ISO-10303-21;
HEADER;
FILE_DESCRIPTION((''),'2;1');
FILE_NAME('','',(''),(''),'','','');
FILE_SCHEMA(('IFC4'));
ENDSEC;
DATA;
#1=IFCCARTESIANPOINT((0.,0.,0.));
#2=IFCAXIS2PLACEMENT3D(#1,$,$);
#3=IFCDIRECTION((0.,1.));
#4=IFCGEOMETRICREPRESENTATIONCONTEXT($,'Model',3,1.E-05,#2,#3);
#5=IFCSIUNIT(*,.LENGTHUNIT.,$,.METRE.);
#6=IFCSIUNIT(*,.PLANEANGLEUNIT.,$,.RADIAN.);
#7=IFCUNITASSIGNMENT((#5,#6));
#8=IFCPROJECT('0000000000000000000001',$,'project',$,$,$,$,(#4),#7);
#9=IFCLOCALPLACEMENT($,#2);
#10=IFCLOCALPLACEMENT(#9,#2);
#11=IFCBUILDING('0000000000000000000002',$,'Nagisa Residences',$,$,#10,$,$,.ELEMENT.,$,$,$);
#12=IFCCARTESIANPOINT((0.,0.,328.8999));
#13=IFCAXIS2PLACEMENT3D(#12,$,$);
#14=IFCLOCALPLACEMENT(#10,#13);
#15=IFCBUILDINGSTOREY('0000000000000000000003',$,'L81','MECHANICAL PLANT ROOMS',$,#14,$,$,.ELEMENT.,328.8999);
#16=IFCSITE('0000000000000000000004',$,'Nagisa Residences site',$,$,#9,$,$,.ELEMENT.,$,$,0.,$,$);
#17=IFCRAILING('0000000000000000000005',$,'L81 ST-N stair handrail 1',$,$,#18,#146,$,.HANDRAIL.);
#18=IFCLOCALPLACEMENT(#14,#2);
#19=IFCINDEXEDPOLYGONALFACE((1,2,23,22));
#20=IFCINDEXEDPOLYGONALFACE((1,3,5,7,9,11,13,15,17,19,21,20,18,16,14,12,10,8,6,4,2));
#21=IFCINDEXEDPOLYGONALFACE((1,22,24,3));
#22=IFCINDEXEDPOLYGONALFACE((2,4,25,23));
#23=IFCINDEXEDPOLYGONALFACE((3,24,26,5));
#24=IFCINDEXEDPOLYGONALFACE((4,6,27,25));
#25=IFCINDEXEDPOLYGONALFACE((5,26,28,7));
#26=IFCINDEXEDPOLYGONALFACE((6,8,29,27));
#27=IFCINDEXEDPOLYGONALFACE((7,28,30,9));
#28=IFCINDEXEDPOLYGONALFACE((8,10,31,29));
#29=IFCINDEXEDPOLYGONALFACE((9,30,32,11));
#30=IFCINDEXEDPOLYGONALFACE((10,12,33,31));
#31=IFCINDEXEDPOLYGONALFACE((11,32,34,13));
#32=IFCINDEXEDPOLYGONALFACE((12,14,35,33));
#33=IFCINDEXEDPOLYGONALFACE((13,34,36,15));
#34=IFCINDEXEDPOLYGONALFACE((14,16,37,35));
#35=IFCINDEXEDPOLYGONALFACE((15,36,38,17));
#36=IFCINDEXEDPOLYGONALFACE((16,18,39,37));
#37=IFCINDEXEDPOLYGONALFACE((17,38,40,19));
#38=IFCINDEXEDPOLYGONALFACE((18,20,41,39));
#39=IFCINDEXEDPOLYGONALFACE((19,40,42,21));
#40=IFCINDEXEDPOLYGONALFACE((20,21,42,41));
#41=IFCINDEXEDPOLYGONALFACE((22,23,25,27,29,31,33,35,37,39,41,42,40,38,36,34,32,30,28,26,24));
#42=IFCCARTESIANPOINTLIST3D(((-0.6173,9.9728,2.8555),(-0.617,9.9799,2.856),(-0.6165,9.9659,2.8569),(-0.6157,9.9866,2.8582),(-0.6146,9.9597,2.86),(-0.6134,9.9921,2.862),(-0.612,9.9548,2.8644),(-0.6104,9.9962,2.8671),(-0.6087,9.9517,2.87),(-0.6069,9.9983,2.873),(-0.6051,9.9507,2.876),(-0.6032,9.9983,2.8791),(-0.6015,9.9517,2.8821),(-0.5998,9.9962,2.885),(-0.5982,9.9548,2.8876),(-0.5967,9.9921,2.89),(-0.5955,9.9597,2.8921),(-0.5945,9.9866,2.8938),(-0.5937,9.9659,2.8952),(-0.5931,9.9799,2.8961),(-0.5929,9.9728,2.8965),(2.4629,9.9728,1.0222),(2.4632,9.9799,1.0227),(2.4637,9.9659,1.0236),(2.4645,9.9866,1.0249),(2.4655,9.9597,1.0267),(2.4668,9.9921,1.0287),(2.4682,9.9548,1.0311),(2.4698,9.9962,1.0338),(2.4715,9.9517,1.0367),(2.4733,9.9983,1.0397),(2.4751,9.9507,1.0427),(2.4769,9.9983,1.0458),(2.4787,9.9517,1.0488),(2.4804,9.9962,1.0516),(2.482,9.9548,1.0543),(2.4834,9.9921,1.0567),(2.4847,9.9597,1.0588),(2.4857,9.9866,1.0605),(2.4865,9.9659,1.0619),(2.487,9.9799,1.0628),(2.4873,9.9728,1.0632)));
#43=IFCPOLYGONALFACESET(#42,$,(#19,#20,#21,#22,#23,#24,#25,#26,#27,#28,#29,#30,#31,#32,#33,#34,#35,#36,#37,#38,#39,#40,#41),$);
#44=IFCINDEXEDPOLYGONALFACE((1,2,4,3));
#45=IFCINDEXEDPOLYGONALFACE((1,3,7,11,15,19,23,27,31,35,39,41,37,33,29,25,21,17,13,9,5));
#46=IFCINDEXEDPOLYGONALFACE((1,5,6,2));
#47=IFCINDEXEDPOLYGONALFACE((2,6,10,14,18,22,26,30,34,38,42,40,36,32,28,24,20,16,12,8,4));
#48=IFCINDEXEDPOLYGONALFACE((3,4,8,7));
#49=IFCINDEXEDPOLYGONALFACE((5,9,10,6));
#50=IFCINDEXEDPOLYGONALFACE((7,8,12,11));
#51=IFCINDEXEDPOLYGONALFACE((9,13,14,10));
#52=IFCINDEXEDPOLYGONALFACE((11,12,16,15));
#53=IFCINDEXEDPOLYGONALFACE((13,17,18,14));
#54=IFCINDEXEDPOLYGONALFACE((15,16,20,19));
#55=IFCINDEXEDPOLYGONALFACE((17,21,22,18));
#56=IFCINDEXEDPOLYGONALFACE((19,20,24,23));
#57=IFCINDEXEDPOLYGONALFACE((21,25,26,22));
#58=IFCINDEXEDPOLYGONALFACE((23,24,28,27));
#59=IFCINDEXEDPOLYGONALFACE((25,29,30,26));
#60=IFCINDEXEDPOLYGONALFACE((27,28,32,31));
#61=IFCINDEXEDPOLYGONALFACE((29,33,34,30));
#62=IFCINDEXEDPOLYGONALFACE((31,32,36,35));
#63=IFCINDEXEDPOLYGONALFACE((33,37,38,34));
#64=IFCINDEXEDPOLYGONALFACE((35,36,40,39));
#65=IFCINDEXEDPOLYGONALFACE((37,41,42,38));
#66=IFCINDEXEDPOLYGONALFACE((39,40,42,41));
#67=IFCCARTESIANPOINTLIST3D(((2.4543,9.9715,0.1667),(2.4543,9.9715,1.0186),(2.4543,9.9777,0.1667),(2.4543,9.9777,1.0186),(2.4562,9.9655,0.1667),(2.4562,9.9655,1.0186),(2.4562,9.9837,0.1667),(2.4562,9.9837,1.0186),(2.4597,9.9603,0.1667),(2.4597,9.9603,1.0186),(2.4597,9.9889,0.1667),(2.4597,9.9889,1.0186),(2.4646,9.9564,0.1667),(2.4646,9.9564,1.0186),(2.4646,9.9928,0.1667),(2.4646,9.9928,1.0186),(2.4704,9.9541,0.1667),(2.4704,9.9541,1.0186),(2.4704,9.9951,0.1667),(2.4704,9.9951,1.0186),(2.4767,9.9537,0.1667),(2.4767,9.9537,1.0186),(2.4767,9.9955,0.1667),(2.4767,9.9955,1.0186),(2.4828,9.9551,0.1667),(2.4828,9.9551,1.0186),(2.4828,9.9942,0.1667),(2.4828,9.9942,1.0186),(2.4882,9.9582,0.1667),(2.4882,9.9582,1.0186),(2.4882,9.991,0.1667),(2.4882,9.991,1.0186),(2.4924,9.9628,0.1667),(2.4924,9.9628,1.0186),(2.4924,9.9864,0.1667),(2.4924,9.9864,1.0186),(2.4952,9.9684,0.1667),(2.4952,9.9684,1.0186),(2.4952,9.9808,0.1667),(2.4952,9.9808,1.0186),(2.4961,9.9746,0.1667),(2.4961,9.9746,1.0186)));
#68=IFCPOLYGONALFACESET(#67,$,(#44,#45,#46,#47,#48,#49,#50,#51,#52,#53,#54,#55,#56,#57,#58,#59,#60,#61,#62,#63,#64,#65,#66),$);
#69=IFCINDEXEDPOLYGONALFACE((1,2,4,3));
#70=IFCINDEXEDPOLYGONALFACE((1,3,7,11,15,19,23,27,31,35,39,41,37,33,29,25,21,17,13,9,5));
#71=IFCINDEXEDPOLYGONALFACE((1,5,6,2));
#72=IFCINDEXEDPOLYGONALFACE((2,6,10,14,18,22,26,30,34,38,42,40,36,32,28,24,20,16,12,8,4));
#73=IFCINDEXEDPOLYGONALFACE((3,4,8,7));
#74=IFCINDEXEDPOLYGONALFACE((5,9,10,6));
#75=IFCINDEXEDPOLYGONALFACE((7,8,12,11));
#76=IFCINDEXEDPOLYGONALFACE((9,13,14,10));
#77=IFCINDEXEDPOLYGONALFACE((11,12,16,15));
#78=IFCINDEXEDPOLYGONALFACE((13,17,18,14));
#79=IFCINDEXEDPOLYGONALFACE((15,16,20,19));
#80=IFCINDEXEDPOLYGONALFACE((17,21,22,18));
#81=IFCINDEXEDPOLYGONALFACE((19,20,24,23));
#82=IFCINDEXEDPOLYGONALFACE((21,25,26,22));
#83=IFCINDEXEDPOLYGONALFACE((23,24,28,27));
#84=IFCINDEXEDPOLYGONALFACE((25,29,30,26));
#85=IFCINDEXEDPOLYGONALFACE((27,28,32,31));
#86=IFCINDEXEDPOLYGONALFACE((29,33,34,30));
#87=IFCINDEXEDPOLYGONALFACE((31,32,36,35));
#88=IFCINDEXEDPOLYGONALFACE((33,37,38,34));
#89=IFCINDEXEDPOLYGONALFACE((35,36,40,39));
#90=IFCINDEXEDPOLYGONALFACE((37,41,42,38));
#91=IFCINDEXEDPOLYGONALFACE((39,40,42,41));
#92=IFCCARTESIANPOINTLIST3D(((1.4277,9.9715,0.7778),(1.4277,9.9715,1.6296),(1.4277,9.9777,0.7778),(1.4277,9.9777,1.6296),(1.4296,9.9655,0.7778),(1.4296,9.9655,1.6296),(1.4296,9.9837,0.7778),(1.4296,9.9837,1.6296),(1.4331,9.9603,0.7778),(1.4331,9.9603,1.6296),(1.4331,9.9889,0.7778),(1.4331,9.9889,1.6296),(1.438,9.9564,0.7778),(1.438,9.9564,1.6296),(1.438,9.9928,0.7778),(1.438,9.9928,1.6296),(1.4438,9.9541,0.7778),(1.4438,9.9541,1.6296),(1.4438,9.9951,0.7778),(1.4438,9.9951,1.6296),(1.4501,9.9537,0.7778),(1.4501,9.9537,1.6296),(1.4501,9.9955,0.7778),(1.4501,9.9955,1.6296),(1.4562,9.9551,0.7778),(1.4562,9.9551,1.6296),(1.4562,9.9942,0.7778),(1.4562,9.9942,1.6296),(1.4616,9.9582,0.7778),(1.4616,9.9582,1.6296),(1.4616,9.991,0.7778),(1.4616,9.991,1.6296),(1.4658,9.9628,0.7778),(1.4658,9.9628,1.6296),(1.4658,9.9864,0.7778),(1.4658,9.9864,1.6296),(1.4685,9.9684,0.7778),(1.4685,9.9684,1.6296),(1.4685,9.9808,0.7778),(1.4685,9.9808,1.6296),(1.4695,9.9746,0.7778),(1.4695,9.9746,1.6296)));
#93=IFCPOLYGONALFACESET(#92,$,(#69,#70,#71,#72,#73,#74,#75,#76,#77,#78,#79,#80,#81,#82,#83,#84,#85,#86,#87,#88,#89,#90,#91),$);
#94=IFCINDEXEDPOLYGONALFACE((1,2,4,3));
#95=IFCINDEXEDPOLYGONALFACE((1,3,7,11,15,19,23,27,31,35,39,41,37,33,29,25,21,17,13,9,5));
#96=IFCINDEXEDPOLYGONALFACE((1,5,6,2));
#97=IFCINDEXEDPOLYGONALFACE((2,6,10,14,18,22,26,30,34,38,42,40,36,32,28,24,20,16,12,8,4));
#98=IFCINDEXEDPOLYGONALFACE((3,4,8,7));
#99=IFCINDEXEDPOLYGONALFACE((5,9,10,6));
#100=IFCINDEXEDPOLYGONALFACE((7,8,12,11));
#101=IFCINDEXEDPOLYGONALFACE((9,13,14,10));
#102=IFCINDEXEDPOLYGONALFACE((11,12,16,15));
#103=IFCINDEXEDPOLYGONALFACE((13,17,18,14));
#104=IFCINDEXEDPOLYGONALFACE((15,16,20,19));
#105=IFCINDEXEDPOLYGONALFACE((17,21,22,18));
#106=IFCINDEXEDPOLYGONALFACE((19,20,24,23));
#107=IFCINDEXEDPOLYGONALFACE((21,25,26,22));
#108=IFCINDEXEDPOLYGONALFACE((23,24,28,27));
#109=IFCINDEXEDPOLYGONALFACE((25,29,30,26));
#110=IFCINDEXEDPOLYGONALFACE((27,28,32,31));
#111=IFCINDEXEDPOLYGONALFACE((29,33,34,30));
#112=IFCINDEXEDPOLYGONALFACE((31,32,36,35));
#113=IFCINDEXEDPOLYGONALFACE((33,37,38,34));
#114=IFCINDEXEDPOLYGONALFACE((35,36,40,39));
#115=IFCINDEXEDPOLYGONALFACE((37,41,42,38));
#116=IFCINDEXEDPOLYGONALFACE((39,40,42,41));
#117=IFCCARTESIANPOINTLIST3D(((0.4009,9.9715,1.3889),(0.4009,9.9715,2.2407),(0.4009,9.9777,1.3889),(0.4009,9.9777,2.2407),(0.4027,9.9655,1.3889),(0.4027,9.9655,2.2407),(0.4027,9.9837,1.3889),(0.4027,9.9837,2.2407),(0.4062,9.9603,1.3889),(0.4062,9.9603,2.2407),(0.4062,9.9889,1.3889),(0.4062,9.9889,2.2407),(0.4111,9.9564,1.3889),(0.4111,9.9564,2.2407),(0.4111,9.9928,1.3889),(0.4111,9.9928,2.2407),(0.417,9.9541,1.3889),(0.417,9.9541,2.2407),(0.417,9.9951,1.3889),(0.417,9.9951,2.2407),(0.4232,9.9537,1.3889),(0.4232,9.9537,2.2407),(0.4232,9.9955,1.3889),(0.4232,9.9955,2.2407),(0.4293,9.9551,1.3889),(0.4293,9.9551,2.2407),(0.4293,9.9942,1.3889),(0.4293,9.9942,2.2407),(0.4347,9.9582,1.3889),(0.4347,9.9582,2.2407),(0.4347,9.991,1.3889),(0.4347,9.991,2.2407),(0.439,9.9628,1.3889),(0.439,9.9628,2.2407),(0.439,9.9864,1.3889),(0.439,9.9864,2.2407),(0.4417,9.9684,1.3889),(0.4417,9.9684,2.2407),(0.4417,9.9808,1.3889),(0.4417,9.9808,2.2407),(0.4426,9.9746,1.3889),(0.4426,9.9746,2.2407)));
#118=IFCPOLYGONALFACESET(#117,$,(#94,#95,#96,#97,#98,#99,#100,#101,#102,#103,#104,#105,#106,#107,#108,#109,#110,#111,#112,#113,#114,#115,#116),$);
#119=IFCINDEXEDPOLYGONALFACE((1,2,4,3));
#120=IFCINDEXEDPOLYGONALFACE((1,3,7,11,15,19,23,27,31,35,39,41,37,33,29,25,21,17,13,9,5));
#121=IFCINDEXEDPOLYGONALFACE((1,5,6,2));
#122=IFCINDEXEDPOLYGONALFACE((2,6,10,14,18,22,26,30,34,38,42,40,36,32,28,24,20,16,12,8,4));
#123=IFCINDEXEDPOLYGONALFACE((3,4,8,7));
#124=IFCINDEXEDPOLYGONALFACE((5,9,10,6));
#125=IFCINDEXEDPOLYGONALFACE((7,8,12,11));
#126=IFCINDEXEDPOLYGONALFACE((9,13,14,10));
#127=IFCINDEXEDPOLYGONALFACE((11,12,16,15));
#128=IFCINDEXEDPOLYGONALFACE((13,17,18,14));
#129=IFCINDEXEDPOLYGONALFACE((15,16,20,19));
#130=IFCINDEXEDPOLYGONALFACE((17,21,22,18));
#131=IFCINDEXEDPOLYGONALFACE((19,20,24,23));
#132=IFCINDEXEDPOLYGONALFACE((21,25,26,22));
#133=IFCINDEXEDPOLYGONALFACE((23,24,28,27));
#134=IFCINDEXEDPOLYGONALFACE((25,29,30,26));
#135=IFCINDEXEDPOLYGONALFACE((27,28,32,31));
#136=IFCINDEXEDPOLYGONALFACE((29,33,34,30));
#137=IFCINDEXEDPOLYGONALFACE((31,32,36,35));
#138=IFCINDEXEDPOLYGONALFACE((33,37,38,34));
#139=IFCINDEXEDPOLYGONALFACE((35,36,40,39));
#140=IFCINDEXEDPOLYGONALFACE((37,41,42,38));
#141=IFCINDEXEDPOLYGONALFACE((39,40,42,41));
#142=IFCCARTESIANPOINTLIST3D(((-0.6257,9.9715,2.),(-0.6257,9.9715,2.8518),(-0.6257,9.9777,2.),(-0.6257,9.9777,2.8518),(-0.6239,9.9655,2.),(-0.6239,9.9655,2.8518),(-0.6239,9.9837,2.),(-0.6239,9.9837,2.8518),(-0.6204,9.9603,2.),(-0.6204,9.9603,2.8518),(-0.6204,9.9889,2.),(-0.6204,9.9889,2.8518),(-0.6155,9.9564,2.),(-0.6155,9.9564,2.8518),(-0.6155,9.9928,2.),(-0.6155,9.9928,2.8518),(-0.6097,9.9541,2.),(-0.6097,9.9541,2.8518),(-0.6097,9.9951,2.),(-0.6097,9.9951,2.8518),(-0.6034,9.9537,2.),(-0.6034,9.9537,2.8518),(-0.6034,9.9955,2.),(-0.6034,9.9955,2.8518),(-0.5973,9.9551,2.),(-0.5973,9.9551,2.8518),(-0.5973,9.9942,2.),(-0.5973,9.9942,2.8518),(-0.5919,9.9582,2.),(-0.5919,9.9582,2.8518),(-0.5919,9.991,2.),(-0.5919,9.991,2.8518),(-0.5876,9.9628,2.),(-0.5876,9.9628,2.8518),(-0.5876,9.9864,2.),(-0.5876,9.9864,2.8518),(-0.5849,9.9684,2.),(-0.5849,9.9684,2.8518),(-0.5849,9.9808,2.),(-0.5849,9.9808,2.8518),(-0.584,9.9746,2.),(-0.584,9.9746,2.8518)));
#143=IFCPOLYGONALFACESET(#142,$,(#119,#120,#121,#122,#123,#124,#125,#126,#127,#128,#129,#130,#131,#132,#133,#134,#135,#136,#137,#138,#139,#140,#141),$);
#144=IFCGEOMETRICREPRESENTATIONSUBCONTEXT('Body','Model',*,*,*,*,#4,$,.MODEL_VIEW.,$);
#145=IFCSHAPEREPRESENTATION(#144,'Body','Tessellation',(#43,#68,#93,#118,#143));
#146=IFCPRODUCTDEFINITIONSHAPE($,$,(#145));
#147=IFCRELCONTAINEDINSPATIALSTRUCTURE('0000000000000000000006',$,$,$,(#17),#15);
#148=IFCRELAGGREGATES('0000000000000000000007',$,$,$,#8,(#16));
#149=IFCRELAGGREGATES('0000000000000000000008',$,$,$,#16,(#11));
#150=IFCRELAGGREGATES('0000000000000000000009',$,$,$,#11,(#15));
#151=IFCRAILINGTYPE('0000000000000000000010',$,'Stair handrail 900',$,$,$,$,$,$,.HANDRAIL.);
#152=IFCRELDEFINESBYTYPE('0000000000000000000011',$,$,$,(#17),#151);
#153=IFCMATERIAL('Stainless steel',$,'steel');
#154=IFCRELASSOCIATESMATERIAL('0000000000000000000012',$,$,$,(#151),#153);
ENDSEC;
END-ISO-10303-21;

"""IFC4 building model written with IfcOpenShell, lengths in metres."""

from ifc_helpers import new_model, si_unit, direction, frame, origin, origin_2d, place, context, subcontext, project, spatial, circle, extrude, material, type_object, element, save


model = new_model("IFC4")

# Units and contexts
model_context = context("Model", 3, precision=1e-05, world=origin(), true_north=direction((0.0, 1.0)))
body_context = subcontext(model_context, "Body", "Model", "MODEL_VIEW")
ifc_project = project(units=[si_unit("LENGTHUNIT", "METRE"), si_unit("PLANEANGLEUNIT", "RADIAN")], contexts=[model_context])

# Site, building, storey
site_placement = place(None, origin())
site = spatial("IfcSite", under=ifc_project, at=site_placement, Name="Nagisa Residences site", CompositionType="ELEMENT", RefElevation=0.0)
building_placement = place(site_placement, origin())
building = spatial("IfcBuilding", under=site, at=building_placement, Name="Nagisa Residences", CompositionType="ELEMENT")
storey_placement = place(building_placement, frame((0.0, 0.0, 328.8999)))
storey = spatial("IfcBuildingStorey", under=building, at=storey_placement, Name="L81", Description="MECHANICAL PLANT ROOMS", CompositionType="ELEMENT", Elevation=328.8999)

# Railing
ifc_material_1 = material(Name="Stainless steel", Category="steel")
railing_type = type_object("IfcRailingType", Name="Stair handrail 900", PredefinedType="HANDRAIL", material=ifc_material_1)
railing_placement = place(storey_placement, frame((2.4751, 9.9746, 0.1667)))
element("IfcRailing", 1, at=railing_placement, inside=storey, type_object=railing_type, Name="L81 ST-N stair handrail 1", PredefinedType="HANDRAIL", context=body_context, shape_type="SweptSolid", body=[
    extrude(circle(Radius=0.0239, at=origin_2d()), frame((0.0, 0.0, 0.876), z_axis=(-0.859309, 0.0, 0.511458), x_axis=(0.0, -1.0, 0.0)), (0.0, 0.0, 1.0), 3.5845),
    extrude(circle(Radius=0.021, at=origin_2d()), origin(), (0.0, 0.0, 1.0), 0.8518),
    extrude(circle(Radius=0.021, at=origin_2d()), frame((-1.0266, 0.0, 0.6111)), (0.0, 0.0, 1.0), 0.8518),
    extrude(circle(Radius=0.021, at=origin_2d()), frame((-2.0535, 0.0, 1.2222)), (0.0, 0.0, 1.0), 0.8518),
    extrude(circle(Radius=0.021, at=origin_2d()), frame((-3.0801, 0.0, 1.8333)), (0.0, 0.0, 1.0), 0.8518),
])

save(model, "model.ifc")
